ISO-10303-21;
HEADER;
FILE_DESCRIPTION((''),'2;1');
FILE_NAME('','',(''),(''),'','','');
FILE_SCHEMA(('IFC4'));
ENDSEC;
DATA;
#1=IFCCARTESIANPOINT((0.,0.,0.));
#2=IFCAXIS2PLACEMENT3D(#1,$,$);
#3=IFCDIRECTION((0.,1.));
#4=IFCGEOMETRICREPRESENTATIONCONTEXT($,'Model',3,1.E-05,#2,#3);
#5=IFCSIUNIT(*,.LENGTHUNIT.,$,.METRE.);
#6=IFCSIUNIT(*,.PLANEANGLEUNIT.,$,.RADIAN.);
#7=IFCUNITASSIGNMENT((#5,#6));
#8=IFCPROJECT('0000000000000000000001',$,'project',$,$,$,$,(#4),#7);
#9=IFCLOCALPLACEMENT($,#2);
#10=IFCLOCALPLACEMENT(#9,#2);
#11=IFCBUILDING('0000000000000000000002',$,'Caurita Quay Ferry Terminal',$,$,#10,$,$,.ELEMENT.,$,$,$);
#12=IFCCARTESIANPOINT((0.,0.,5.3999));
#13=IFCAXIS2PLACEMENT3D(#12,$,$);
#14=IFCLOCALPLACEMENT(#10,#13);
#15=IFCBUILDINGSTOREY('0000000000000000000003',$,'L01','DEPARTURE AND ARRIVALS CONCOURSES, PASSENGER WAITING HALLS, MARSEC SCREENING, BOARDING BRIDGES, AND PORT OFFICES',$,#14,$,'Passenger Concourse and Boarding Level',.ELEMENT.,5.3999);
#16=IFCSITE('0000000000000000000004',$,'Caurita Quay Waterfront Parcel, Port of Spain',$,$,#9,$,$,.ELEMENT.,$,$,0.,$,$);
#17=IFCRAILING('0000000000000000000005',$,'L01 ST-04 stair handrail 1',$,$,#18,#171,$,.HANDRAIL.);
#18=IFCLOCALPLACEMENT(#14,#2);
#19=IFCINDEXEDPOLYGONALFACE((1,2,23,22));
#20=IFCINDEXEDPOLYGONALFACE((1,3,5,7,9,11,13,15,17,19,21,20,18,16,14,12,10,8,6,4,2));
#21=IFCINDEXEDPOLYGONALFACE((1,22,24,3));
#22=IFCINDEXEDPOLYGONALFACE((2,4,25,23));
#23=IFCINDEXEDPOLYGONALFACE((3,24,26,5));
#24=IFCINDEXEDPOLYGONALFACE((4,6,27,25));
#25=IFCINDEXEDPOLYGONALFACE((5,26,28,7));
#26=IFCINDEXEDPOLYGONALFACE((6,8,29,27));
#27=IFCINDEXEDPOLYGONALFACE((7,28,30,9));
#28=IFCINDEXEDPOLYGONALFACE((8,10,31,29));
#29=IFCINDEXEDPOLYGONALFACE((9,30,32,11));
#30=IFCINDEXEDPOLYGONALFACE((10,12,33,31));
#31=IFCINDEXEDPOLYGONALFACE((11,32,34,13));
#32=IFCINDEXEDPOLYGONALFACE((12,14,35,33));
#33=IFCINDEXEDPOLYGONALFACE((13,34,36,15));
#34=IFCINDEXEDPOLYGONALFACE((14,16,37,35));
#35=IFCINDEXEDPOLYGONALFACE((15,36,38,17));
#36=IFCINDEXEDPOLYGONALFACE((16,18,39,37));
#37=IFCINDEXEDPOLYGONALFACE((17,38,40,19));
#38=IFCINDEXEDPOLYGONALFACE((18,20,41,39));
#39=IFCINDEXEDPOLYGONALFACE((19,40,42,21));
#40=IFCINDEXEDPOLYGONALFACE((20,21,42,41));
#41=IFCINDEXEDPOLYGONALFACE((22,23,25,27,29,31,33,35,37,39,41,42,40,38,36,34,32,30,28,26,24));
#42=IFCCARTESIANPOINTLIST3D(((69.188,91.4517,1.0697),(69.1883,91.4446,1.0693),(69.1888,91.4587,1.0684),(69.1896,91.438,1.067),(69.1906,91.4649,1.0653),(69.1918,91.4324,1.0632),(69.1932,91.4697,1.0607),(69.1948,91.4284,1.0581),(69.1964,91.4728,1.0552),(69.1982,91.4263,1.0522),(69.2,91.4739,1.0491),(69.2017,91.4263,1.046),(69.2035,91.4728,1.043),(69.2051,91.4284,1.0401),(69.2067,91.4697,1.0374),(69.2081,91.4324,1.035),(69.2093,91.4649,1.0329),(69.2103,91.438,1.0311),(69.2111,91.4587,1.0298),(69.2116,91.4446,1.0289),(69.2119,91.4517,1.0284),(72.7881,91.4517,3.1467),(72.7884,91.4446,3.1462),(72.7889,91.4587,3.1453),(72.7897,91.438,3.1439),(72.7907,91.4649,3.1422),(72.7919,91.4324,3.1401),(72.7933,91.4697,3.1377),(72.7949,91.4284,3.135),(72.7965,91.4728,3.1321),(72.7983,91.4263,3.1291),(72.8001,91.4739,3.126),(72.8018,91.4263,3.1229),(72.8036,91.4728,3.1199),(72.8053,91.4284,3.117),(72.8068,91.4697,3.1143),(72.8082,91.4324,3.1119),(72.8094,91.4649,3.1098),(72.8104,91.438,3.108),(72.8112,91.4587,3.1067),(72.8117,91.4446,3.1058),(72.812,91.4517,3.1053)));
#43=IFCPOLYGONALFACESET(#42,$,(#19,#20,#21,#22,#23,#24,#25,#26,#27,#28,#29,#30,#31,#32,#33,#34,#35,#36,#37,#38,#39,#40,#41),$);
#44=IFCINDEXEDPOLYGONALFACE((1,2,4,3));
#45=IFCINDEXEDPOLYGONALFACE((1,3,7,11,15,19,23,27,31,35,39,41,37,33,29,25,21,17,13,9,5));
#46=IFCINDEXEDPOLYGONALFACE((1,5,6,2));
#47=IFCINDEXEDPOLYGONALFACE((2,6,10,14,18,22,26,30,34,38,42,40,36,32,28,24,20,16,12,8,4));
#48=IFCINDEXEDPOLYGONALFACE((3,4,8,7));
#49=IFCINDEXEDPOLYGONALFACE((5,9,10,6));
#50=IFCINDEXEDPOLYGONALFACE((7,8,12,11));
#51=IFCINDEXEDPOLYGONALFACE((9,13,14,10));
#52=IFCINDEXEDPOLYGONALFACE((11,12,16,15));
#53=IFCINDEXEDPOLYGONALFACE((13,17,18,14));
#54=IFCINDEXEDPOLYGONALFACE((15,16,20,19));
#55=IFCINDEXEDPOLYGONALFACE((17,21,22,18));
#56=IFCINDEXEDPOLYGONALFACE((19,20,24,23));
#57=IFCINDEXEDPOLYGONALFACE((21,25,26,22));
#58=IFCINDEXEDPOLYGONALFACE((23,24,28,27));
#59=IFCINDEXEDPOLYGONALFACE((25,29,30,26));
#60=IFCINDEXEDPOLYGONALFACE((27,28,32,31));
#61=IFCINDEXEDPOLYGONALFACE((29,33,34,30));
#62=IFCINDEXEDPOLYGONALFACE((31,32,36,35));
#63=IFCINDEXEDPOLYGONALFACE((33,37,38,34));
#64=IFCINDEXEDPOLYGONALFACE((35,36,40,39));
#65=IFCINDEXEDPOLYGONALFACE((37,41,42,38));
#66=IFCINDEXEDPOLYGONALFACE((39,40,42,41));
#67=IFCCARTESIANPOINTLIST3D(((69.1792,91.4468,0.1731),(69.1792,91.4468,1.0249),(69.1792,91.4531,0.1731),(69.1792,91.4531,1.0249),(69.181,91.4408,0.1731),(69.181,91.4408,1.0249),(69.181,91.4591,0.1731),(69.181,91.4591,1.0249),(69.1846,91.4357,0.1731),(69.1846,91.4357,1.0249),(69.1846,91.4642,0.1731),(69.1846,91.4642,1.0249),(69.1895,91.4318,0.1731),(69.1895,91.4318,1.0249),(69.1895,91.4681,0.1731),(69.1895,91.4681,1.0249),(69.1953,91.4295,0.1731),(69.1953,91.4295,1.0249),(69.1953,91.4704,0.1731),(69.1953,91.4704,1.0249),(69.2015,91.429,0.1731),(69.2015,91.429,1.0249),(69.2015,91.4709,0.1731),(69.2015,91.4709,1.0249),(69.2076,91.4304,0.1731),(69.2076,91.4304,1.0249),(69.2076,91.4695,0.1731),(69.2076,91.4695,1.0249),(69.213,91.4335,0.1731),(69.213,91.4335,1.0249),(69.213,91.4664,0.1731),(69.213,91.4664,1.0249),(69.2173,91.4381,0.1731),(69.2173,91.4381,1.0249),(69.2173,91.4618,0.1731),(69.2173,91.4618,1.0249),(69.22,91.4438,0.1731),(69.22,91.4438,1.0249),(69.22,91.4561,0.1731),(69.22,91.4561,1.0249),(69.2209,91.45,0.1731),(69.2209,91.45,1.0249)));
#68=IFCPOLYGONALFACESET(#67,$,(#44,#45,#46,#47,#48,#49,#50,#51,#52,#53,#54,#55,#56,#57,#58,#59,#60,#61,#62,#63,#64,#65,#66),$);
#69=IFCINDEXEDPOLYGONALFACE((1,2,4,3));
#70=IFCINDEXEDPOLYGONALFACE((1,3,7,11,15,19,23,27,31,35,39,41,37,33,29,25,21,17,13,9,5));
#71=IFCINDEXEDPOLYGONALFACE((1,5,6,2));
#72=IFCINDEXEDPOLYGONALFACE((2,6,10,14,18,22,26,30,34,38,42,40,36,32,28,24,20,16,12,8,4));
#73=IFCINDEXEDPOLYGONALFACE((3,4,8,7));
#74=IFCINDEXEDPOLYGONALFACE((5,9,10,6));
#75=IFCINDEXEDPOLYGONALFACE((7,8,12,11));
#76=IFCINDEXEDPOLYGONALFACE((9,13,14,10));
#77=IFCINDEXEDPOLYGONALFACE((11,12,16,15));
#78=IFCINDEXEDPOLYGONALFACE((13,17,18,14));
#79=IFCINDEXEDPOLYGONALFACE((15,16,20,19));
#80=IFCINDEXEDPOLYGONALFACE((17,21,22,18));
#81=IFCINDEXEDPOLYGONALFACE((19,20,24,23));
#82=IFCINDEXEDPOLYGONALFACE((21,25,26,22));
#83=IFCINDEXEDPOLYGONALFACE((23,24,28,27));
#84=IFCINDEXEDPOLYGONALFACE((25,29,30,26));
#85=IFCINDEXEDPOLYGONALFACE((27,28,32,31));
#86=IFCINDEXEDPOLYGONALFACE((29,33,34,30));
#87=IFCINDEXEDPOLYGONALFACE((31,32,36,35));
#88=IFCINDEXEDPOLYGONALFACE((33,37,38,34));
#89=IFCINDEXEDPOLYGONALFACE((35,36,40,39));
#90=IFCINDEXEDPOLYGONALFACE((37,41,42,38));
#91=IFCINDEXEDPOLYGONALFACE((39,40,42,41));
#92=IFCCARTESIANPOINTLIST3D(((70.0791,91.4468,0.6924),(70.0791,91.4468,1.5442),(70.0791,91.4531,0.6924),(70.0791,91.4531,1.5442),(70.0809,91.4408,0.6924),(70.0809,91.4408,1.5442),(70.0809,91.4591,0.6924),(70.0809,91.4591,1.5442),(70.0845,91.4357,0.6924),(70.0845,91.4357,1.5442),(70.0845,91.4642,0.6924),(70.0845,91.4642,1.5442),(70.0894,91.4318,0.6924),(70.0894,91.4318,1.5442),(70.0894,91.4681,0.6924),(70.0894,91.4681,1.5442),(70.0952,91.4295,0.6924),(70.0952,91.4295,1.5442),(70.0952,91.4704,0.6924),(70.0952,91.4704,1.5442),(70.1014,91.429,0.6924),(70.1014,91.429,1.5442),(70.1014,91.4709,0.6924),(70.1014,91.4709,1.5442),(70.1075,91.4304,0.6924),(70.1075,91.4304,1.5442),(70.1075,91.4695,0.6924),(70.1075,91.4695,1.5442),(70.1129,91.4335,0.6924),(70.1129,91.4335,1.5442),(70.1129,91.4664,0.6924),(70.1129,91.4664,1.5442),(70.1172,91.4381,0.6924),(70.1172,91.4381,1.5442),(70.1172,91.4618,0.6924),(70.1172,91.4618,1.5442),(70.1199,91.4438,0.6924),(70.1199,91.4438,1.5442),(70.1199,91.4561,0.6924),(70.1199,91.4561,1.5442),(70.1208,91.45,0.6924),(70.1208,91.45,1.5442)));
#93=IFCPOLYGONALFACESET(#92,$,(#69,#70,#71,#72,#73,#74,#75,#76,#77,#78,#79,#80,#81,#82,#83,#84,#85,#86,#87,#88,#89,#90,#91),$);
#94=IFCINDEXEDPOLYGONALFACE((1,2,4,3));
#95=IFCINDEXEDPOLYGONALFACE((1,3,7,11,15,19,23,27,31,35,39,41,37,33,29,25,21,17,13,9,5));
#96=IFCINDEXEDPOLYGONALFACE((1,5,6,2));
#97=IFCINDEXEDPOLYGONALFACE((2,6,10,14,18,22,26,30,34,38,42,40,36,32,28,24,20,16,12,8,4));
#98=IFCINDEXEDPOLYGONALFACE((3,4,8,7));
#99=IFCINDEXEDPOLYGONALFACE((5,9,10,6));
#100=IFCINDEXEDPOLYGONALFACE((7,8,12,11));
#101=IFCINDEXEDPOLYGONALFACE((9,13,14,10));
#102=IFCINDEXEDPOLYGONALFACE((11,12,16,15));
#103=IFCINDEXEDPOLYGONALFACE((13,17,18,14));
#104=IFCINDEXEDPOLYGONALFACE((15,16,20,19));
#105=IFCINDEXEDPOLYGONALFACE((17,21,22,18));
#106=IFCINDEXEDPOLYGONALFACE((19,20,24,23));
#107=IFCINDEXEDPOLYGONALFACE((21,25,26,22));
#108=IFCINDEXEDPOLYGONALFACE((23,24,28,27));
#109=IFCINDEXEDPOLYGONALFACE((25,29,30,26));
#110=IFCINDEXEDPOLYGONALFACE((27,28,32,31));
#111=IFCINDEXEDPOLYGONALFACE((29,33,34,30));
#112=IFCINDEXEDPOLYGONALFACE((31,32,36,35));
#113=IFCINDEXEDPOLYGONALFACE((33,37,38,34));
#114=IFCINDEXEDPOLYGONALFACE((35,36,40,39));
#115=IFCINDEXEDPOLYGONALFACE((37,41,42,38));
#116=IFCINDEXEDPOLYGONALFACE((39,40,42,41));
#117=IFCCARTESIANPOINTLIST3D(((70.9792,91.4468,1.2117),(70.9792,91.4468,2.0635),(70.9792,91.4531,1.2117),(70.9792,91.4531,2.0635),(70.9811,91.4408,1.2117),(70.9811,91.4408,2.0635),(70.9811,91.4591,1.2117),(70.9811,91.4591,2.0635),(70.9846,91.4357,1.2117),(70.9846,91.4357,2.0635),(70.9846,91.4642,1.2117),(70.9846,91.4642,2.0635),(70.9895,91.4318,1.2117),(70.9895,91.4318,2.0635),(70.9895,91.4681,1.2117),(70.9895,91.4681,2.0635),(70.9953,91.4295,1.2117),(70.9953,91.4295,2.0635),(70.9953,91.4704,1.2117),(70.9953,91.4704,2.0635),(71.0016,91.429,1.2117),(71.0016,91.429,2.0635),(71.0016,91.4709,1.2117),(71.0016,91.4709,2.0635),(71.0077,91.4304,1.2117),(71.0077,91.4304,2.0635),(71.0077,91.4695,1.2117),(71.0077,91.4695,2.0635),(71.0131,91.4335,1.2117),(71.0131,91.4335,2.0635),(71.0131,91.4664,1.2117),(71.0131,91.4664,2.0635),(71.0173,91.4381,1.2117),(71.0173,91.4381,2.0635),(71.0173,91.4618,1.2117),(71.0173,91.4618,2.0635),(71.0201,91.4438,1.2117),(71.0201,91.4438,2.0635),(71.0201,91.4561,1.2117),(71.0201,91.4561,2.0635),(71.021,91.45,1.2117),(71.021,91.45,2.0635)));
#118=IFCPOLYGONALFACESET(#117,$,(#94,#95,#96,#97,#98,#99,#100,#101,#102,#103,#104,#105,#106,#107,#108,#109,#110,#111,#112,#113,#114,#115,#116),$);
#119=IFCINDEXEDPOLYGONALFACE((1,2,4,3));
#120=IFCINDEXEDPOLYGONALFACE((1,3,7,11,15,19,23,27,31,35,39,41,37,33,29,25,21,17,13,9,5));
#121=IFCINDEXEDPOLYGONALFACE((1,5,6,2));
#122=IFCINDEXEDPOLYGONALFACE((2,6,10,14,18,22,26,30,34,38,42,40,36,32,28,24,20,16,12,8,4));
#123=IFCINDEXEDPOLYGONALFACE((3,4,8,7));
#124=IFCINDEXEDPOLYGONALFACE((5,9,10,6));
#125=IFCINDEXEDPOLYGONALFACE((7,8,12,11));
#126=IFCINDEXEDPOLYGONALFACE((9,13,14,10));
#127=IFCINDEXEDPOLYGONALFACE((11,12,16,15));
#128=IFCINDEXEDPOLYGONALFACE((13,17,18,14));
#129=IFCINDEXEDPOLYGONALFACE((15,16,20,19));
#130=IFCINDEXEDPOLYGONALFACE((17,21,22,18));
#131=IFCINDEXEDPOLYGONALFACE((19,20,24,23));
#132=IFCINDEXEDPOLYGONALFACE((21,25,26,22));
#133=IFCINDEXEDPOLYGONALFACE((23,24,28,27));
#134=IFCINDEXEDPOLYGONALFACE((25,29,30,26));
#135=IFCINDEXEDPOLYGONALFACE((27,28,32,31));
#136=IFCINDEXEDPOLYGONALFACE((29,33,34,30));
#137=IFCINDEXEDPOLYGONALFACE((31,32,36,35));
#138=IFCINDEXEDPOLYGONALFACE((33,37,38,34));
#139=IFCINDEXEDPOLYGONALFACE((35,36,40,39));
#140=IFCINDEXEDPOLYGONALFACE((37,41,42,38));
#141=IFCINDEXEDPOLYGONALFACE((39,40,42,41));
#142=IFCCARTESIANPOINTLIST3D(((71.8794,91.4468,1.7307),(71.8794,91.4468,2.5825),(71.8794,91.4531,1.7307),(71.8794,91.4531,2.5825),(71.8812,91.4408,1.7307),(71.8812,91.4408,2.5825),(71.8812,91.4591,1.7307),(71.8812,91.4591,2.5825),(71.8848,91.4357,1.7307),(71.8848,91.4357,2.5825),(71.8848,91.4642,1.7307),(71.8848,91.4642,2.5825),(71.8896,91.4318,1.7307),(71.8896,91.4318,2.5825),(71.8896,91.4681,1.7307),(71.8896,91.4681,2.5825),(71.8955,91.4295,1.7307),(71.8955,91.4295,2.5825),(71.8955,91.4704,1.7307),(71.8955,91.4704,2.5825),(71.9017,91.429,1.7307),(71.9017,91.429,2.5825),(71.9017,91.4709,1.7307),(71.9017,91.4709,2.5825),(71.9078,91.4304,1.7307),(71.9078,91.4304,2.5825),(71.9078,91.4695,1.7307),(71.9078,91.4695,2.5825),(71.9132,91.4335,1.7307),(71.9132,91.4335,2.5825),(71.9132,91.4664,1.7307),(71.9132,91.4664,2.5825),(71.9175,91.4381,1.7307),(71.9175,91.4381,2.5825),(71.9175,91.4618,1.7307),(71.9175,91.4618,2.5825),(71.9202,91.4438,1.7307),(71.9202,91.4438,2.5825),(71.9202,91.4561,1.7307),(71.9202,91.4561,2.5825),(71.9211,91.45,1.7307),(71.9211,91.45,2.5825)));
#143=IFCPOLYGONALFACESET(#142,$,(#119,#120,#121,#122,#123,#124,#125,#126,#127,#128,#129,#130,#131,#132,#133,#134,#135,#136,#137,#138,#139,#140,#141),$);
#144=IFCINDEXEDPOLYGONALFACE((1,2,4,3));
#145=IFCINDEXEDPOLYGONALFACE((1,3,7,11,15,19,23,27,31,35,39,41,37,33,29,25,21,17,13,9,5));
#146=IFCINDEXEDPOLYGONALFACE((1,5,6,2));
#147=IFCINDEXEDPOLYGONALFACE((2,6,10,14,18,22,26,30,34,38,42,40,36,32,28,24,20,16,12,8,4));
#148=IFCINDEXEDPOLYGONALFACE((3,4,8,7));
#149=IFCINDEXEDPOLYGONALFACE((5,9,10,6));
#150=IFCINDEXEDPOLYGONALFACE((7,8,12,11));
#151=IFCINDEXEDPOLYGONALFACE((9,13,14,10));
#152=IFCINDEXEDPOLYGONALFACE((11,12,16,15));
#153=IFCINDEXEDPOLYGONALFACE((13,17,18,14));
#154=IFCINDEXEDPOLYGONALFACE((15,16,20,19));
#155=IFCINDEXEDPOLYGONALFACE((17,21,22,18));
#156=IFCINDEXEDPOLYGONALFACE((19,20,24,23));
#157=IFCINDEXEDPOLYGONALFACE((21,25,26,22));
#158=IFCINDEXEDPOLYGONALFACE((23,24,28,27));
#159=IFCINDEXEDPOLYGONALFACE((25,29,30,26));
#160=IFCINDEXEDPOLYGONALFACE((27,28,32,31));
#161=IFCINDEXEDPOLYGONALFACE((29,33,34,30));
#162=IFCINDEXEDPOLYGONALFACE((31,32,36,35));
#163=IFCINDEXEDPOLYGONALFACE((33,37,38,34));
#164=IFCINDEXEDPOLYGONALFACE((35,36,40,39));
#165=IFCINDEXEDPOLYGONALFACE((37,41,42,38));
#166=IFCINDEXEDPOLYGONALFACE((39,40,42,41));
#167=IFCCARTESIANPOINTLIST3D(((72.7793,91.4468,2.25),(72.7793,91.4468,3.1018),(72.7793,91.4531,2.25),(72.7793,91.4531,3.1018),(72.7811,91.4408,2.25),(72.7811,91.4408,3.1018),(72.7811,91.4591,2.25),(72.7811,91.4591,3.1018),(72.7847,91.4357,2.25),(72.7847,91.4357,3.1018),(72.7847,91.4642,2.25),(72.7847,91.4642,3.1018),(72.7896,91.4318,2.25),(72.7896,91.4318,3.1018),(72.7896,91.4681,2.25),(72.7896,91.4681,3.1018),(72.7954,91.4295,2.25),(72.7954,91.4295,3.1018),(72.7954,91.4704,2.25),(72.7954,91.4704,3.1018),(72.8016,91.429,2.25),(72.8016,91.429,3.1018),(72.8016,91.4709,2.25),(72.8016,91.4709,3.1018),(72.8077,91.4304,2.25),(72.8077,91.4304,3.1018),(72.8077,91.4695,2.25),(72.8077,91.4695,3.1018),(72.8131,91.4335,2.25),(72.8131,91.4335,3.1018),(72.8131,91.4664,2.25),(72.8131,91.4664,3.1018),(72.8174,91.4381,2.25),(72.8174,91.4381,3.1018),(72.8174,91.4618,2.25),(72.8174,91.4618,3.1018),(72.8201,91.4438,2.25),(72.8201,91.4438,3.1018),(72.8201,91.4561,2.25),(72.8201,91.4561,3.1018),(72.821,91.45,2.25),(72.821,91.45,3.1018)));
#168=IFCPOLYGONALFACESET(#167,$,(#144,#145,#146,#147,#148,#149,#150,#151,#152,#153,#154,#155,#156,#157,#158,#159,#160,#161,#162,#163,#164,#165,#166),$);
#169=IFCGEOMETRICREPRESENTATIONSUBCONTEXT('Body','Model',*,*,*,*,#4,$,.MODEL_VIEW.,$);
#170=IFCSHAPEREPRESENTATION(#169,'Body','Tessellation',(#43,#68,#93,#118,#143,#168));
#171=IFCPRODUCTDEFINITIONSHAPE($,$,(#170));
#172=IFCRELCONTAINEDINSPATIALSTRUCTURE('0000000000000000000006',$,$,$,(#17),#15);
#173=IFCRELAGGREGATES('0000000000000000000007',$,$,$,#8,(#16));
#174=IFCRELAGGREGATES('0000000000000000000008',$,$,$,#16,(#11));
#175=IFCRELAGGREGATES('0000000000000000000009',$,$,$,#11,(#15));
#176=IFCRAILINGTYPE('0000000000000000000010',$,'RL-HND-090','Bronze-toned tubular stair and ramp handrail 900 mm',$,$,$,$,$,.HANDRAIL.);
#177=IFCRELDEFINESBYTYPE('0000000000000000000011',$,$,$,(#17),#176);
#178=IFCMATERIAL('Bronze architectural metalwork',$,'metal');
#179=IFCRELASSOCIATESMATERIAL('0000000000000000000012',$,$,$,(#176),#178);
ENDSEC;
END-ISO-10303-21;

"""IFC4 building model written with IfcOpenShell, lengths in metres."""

from ifc_helpers import new_model, si_unit, direction, frame, origin, origin_2d, place, context, subcontext, project, spatial, circle, extrude, material, type_object, element, save


model = new_model("IFC4")

# Units and contexts
model_context = context("Model", 3, precision=1e-05, world=origin(), true_north=direction((0.0, 1.0)))
body_context = subcontext(model_context, "Body", "Model", "MODEL_VIEW")
ifc_project = project(units=[si_unit("LENGTHUNIT", "METRE"), si_unit("PLANEANGLEUNIT", "RADIAN")], contexts=[model_context])

# Site, building, storey
site_placement = place(None, origin())
site = spatial("IfcSite", under=ifc_project, at=site_placement, Name="Caurita Quay Waterfront Parcel, Port of Spain", CompositionType="ELEMENT", RefElevation=0.0)
building_placement = place(site_placement, origin())
building = spatial("IfcBuilding", under=site, at=building_placement, Name="Caurita Quay Ferry Terminal", CompositionType="ELEMENT")
storey_placement = place(building_placement, frame((0.0, 0.0, 5.3999)))
storey = spatial("IfcBuildingStorey", under=building, at=storey_placement, Name="L01", Description="DEPARTURE AND ARRIVALS CONCOURSES, PASSENGER WAITING HALLS, MARSEC SCREENING, BOARDING BRIDGES, AND PORT OFFICES", LongName="Passenger Concourse and Boarding Level", CompositionType="ELEMENT", Elevation=5.3999)

# Railing
ifc_material_1 = material(Name="Bronze architectural metalwork", Category="metal")
railing_type_1 = type_object("IfcRailingType", Name="RL-HND-090", Description="Bronze-toned tubular stair and ramp handrail 900 mm", PredefinedType="HANDRAIL", material=ifc_material_1)
railing_1_placement = place(storey_placement, frame((69.2, 91.45, 0.1731)))
element("IfcRailing", 1, at=railing_1_placement, inside=storey, type_object=railing_type_1, Name="L01 ST-04 stair handrail 1", PredefinedType="HANDRAIL", context=body_context, shape_type="SweptSolid", body=[
    extrude(circle(Radius=0.0239, at=origin_2d()), frame((0.0, 0.0, 0.876), z_axis=(0.866193, 0.0, 0.499709), x_axis=(0.0, 1.0, 0.0)), (0.0, 0.0, 1.0), 4.1562),
    extrude(circle(Radius=0.021, at=origin_2d()), origin(), (0.0, 0.0, 1.0), 0.8518),
    extrude(circle(Radius=0.021, at=origin_2d()), frame((0.8999, 0.0, 0.5193)), (0.0, 0.0, 1.0), 0.8518),
    extrude(circle(Radius=0.021, at=origin_2d()), frame((1.8, 0.0, 1.0386)), (0.0, 0.0, 1.0), 0.8518),
    extrude(circle(Radius=0.021, at=origin_2d()), frame((2.7002, 0.0, 1.5576)), (0.0, 0.0, 1.0), 0.8518),
    extrude(circle(Radius=0.021, at=origin_2d()), frame((3.6001, 0.0, 2.0769)), (0.0, 0.0, 1.0), 0.8518),
])

save(model, "model.ifc")
